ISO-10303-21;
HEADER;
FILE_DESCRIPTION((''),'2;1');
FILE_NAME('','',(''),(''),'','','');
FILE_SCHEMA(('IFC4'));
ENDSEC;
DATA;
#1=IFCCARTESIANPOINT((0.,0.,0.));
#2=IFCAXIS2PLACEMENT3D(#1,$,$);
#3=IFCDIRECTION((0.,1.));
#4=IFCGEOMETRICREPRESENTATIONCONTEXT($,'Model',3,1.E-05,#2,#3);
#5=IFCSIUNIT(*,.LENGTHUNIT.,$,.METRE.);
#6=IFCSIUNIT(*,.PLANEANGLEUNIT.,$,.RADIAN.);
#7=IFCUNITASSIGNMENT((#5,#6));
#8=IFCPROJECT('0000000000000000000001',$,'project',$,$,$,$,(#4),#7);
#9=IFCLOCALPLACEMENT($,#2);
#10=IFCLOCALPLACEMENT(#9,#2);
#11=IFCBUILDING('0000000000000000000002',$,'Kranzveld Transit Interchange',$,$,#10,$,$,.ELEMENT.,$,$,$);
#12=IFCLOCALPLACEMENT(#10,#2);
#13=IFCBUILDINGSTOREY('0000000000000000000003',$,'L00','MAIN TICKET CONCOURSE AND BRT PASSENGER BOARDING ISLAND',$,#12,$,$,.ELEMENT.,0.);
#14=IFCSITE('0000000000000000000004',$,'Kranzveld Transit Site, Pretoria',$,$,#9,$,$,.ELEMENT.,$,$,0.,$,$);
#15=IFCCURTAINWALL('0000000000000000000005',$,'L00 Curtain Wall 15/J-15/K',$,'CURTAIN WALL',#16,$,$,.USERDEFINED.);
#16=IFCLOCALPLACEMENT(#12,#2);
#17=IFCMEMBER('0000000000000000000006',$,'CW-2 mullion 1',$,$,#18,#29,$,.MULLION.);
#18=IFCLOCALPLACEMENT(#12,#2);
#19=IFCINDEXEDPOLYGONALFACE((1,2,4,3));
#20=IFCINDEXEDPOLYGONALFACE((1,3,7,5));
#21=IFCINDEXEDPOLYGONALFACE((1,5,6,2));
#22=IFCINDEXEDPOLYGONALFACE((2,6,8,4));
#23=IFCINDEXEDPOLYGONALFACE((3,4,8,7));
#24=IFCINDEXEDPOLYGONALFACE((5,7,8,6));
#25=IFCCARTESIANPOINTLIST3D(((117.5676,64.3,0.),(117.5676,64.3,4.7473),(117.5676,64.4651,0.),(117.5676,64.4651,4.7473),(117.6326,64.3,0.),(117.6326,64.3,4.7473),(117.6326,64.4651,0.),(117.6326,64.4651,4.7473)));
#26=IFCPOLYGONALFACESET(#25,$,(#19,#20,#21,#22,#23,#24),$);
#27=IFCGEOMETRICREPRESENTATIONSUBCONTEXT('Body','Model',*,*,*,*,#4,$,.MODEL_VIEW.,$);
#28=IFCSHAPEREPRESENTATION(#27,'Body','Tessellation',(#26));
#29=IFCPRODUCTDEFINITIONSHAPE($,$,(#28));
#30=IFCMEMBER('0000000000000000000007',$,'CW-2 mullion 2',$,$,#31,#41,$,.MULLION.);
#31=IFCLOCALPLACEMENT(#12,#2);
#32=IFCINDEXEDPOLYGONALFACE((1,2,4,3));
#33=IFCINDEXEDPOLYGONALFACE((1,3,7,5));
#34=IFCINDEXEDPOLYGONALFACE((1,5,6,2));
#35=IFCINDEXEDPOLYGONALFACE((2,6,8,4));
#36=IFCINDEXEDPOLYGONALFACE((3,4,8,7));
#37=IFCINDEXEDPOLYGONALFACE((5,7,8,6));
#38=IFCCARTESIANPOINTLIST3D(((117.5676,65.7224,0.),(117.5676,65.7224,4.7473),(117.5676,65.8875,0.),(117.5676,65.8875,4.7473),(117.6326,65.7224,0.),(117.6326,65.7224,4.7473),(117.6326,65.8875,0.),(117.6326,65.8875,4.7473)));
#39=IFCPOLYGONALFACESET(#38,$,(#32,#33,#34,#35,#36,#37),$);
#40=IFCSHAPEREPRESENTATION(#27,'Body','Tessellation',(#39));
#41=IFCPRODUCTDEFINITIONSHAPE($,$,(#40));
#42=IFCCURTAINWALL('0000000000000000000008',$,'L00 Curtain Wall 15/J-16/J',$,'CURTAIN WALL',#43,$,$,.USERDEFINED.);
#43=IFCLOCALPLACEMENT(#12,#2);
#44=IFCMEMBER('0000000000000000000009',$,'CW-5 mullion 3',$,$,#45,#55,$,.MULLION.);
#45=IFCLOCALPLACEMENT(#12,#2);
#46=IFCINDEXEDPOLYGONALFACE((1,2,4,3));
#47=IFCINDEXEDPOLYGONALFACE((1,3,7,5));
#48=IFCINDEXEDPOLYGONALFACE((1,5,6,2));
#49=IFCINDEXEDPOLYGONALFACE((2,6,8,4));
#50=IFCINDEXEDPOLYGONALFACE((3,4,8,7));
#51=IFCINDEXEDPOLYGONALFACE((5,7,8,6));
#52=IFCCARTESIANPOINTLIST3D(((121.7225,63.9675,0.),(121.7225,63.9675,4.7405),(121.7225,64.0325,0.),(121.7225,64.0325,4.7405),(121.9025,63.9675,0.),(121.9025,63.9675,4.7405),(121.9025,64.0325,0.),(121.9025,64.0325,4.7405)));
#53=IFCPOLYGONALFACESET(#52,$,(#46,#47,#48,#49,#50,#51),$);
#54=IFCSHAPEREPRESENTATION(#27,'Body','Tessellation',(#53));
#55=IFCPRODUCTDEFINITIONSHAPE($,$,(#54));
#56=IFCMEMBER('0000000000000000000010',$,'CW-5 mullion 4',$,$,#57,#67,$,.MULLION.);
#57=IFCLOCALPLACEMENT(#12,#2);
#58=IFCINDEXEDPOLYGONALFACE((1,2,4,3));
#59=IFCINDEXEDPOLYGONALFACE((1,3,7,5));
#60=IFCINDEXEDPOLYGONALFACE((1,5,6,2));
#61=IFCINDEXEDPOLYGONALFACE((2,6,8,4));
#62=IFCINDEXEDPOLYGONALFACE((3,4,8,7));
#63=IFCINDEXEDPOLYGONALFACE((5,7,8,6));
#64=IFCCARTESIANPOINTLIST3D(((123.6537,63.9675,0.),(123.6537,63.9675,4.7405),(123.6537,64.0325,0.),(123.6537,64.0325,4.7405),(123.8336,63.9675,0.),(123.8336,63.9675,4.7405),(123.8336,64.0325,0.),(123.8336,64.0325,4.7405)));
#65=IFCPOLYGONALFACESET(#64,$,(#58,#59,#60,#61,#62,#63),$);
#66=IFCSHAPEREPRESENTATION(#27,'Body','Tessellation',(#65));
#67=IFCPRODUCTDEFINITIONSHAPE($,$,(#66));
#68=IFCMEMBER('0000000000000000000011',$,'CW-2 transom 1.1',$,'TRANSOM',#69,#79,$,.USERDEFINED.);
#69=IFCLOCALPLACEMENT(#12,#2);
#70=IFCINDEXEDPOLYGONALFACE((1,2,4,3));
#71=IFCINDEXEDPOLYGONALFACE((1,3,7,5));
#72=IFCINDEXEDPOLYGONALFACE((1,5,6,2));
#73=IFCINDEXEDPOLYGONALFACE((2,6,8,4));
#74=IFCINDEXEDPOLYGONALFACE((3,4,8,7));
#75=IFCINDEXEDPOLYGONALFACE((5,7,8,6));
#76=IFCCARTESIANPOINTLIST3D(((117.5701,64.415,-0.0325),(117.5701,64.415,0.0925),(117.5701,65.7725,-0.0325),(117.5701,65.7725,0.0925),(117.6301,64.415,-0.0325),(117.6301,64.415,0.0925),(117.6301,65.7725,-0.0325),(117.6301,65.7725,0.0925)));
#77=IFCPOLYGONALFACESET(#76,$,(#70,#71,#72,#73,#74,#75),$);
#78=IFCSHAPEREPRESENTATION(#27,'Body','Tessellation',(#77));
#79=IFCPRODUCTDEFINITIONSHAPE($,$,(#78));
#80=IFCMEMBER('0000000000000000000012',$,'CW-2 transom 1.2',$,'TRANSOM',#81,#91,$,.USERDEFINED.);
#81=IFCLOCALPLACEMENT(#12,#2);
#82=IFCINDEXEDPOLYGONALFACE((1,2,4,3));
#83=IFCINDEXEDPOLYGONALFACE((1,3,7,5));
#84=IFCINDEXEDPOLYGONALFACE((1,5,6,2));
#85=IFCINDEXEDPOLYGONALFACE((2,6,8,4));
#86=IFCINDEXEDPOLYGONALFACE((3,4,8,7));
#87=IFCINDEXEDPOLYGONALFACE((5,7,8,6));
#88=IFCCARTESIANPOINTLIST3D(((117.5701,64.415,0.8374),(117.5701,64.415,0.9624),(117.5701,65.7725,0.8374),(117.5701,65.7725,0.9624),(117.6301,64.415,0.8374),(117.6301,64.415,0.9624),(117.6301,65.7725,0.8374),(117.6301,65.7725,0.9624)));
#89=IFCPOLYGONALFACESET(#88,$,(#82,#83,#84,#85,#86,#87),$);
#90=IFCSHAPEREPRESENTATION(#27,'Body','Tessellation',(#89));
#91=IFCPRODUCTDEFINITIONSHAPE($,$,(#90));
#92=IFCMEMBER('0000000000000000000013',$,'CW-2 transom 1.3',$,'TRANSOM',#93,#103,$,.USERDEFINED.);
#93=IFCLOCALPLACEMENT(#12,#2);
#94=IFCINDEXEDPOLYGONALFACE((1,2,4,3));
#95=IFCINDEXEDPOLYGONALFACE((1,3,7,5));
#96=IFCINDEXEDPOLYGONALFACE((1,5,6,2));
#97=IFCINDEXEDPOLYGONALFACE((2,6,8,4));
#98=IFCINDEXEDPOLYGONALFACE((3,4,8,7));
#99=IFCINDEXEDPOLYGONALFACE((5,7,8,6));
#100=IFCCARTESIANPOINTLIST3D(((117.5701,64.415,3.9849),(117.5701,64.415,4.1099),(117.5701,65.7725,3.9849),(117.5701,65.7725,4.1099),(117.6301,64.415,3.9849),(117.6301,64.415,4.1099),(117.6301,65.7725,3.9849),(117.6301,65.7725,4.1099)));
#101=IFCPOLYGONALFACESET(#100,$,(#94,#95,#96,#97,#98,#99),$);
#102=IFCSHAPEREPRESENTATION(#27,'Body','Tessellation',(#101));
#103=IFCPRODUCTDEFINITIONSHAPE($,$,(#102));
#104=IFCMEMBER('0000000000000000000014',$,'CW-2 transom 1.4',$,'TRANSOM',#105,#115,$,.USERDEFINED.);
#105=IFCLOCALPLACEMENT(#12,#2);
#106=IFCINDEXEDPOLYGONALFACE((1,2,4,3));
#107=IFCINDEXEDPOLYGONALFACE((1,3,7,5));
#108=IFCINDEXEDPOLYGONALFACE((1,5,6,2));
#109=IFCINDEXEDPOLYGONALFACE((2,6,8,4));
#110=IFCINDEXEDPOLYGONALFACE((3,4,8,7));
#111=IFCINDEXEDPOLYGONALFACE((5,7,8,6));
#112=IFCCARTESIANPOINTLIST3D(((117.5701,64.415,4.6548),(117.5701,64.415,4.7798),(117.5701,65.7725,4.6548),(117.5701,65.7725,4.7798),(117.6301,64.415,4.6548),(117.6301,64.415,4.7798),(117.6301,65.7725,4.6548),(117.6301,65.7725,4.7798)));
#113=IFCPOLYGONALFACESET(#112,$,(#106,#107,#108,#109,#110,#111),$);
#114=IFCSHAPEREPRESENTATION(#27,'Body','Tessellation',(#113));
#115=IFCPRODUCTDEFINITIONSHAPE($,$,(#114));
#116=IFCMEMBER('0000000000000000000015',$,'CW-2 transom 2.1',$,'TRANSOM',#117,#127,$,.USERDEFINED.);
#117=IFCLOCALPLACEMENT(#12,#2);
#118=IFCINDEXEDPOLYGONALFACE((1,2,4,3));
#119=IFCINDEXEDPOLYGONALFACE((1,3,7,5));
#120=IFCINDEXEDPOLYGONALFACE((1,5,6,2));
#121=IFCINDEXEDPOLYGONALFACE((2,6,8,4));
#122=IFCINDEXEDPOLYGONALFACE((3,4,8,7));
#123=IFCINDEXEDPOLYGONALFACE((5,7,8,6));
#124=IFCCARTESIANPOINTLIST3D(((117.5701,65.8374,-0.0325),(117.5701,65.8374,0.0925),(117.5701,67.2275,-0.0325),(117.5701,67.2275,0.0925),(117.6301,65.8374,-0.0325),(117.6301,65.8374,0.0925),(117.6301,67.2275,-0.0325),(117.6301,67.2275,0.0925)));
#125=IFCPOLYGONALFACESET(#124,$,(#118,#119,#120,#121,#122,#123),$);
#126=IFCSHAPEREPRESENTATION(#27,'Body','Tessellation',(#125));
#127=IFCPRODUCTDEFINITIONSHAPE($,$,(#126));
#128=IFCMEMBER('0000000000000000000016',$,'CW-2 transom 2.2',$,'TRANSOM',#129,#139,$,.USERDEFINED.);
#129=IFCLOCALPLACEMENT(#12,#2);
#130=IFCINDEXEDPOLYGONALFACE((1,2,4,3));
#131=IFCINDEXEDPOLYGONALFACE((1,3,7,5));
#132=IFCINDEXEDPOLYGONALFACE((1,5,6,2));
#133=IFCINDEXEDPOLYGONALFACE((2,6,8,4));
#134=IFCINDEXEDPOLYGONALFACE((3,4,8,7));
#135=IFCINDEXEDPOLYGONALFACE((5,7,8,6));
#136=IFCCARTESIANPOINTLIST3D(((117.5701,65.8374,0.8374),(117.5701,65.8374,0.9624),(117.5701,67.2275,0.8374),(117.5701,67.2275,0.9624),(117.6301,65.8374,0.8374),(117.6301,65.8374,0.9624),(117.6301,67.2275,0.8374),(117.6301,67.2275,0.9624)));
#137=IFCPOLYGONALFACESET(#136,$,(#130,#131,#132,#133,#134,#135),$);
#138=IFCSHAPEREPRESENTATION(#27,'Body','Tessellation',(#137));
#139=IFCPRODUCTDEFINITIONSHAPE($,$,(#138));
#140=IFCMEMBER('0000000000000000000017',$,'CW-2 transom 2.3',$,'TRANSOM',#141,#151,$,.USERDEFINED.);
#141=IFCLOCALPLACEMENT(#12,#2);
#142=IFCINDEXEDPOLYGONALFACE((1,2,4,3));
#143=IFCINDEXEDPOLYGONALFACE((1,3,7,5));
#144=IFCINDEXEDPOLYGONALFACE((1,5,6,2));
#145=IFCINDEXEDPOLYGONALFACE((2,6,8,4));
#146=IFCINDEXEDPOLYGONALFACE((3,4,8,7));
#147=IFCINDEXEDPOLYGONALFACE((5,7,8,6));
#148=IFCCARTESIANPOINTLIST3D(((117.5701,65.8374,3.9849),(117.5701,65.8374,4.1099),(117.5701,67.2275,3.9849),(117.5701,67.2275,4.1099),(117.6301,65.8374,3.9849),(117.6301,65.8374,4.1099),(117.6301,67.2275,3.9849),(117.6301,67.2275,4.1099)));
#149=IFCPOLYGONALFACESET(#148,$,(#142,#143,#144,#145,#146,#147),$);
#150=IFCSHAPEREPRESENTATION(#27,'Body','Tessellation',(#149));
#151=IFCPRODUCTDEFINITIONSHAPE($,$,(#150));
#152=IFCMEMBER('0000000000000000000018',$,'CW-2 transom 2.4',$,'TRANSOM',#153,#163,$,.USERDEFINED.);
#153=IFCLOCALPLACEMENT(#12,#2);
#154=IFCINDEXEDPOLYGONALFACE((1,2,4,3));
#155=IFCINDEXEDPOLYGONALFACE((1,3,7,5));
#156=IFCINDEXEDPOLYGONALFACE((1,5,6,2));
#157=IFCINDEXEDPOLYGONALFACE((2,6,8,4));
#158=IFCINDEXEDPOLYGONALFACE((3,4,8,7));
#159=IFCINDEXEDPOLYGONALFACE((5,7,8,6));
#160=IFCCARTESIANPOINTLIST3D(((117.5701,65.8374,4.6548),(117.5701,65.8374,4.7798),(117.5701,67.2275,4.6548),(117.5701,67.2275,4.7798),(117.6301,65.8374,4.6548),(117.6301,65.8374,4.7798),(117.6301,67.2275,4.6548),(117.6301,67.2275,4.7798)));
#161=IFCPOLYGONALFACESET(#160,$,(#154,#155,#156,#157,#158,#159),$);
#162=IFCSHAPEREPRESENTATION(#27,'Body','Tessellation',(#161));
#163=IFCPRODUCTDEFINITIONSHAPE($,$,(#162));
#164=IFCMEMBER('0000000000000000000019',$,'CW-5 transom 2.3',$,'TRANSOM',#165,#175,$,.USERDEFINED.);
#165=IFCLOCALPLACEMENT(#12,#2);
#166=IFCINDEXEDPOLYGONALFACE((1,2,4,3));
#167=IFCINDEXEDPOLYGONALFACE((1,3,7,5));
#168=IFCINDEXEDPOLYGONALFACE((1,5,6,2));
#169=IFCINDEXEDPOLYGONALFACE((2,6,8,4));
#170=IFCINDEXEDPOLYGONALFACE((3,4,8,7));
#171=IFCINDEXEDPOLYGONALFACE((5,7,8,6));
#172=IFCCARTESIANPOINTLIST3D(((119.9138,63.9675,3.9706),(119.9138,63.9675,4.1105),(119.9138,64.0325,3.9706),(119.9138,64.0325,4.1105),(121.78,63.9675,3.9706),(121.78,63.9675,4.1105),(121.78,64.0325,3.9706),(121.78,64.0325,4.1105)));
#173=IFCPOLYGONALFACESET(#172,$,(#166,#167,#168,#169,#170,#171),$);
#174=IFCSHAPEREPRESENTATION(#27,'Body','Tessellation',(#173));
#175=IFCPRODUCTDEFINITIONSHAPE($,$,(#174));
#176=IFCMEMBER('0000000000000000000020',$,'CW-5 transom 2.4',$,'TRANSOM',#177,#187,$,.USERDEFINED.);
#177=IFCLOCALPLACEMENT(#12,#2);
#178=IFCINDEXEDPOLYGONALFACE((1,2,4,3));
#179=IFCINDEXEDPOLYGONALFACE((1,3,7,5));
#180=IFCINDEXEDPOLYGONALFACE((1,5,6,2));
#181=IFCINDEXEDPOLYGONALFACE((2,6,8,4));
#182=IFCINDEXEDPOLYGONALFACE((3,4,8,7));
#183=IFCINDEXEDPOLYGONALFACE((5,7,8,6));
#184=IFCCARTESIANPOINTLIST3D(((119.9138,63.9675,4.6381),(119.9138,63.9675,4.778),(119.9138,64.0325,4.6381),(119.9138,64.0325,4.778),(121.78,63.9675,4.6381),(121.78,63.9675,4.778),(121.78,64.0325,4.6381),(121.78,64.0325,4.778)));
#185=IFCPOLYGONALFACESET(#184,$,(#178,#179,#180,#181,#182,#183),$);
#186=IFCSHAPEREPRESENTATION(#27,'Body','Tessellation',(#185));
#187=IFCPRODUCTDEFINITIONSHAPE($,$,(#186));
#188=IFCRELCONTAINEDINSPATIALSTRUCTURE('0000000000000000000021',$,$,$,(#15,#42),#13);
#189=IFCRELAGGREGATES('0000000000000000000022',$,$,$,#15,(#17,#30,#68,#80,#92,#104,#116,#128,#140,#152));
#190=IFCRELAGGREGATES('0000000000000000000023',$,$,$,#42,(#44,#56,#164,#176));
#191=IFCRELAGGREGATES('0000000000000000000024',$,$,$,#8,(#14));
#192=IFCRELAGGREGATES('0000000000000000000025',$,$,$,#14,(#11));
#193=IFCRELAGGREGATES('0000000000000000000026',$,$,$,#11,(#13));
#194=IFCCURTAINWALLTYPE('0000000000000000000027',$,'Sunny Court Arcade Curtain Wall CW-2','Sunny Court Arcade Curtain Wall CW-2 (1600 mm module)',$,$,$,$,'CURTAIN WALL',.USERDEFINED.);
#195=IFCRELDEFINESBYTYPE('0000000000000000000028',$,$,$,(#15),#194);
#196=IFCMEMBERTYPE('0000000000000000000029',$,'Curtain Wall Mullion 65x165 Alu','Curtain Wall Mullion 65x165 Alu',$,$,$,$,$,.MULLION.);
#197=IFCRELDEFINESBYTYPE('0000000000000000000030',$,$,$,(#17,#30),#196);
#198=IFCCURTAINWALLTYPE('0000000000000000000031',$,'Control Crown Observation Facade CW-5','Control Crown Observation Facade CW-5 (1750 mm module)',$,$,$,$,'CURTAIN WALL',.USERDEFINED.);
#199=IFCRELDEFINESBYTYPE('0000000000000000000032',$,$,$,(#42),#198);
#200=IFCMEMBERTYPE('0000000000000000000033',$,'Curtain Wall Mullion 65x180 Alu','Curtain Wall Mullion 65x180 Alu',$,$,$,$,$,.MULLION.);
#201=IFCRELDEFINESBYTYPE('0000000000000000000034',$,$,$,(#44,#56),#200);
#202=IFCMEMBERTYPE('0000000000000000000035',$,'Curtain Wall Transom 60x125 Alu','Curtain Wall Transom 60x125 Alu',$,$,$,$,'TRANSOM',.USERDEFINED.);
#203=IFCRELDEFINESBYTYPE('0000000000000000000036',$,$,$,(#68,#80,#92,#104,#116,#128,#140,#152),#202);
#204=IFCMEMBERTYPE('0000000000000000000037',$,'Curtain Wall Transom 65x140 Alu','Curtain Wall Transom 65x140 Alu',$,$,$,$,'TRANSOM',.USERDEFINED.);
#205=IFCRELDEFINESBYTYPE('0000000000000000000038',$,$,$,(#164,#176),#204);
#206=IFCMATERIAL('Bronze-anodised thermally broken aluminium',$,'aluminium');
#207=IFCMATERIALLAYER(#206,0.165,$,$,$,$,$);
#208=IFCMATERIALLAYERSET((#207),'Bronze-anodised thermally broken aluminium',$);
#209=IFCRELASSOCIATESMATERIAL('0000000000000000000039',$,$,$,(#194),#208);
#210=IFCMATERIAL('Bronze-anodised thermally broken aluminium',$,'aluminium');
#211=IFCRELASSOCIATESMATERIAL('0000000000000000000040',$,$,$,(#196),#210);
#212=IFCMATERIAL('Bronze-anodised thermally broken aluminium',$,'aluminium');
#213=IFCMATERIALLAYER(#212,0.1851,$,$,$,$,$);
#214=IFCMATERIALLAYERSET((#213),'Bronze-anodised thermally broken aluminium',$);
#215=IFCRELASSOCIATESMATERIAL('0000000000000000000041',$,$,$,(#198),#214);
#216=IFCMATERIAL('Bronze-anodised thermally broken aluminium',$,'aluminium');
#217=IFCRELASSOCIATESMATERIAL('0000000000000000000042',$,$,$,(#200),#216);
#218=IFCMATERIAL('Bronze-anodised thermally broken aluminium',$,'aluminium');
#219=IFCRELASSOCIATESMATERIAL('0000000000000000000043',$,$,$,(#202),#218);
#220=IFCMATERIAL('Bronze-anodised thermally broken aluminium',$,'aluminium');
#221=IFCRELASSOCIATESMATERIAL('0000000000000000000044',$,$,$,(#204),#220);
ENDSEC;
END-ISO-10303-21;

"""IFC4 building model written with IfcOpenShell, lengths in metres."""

from ifc_helpers import new_model, si_unit, direction, frame, origin, origin_2d, place, context, subcontext, project, spatial, rectangle, extrude, material, layer, layer_set, material_profile, profile_set, type_object, element, aggregate, save


model = new_model("IFC4")

# Units and contexts
model_context = context("Model", 3, precision=1e-05, world=origin(), true_north=direction((0.0, 1.0)))
body_context = subcontext(model_context, "Body", "Model", "MODEL_VIEW")
ifc_project = project(units=[si_unit("LENGTHUNIT", "METRE"), si_unit("PLANEANGLEUNIT", "RADIAN")], contexts=[model_context])

# Site, building, storey
site_placement = place(None, origin())
site = spatial("IfcSite", under=ifc_project, at=site_placement, Name="Kranzveld Transit Site, Pretoria", CompositionType="ELEMENT", RefElevation=0.0)
building_placement = place(site_placement, origin())
building = spatial("IfcBuilding", under=site, at=building_placement, Name="Kranzveld Transit Interchange", CompositionType="ELEMENT")
storey_placement = place(building_placement, origin())
storey = spatial("IfcBuildingStorey", under=building, at=storey_placement, Name="L00", Description="MAIN TICKET CONCOURSE AND BRT PASSENGER BOARDING ISLAND", CompositionType="ELEMENT", Elevation=0.0)

# Curtain walls, members
ifc_material_1 = material(Name="Bronze-anodised thermally broken aluminium", Category="aluminium")
ifc_layer_1 = layer(ifc_material_1, 0.165)
ifc_layer_set_1 = layer_set([ifc_layer_1], Name="Bronze-anodised thermally broken aluminium")
curtain_wall_type_1 = type_object("IfcCurtainWallType", Name="Sunny Court Arcade Curtain Wall CW-2", Description="Sunny Court Arcade Curtain Wall CW-2 (1600 mm module)", ElementType="CURTAIN WALL", PredefinedType="USERDEFINED", material=ifc_layer_set_1)
curtain_wall_1_placement = place(storey_placement, origin())
curtain_wall_1 = element("IfcCurtainWall", 1, at=curtain_wall_1_placement, inside=storey, type_object=curtain_wall_type_1, Name="L00 Curtain Wall 15/J-15/K", ObjectType="CURTAIN WALL", PredefinedType="USERDEFINED")
ifc_material_2 = material(Name="Bronze-anodised thermally broken aluminium", Category="aluminium")
ifc_material_profile_1 = material_profile(ifc_material_2, rectangle(XDim=0.0649, YDim=0.165, at=origin_2d()), Name="ALU MULLION 65x165")
ifc_profile_set_1 = profile_set([ifc_material_profile_1], Name="Bronze-anodised thermally broken aluminium")
member_type_1 = type_object("IfcMemberType", Name="Curtain Wall Mullion 65x165 Alu", Description="Curtain Wall Mullion 65x165 Alu", PredefinedType="MULLION", material=ifc_profile_set_1)
member_1_placement = place(storey_placement, frame((117.6001, 64.3826, 0.0), z_axis=(0.0, 0.0, 1.0), x_axis=(-1.0, 0.0, 0.0)))
member_1 = element("IfcMember", 2, at=member_1_placement, type_object=member_type_1, Name="CW-2 mullion 1", PredefinedType="MULLION", context=body_context, shape_type="SweptSolid", body=[
    extrude(rectangle(XDim=0.0649, YDim=0.165, at=origin_2d()), origin(), (0.0, 0.0, 1.0), 4.7473),
])
member_2_placement = place(storey_placement, frame((117.6001, 65.8049, 0.0), z_axis=(0.0, 0.0, 1.0), x_axis=(-1.0, 0.0, 0.0)))
member_2 = element("IfcMember", 3, at=member_2_placement, type_object=member_type_1, Name="CW-2 mullion 2", PredefinedType="MULLION", context=body_context, shape_type="SweptSolid", body=[
    extrude(rectangle(XDim=0.0649, YDim=0.165, at=origin_2d()), origin(), (0.0, 0.0, 1.0), 4.7473),
])
ifc_material_3 = material(Name="Bronze-anodised thermally broken aluminium", Category="aluminium")
ifc_layer_2 = layer(ifc_material_3, 0.1851)
ifc_layer_set_2 = layer_set([ifc_layer_2], Name="Bronze-anodised thermally broken aluminium")
curtain_wall_type_2 = type_object("IfcCurtainWallType", Name="Control Crown Observation Facade CW-5", Description="Control Crown Observation Facade CW-5 (1750 mm module)", ElementType="CURTAIN WALL", PredefinedType="USERDEFINED", material=ifc_layer_set_2)
curtain_wall_2_placement = place(storey_placement, origin())
curtain_wall_2 = element("IfcCurtainWall", 4, at=curtain_wall_2_placement, inside=storey, type_object=curtain_wall_type_2, Name="L00 Curtain Wall 15/J-16/J", ObjectType="CURTAIN WALL", PredefinedType="USERDEFINED")
ifc_material_4 = material(Name="Bronze-anodised thermally broken aluminium", Category="aluminium")
ifc_material_profile_2 = material_profile(ifc_material_4, rectangle(XDim=0.0649, YDim=0.1799, at=origin_2d()), Name="ALU MULLION 65x180")
ifc_profile_set_2 = profile_set([ifc_material_profile_2], Name="Bronze-anodised thermally broken aluminium")
member_type_2 = type_object("IfcMemberType", Name="Curtain Wall Mullion 65x180 Alu", Description="Curtain Wall Mullion 65x180 Alu", PredefinedType="MULLION", material=ifc_profile_set_2)
member_3_placement = place(storey_placement, frame((121.8125, 64.0, 0.0), z_axis=(0.0, 0.0, 1.0), x_axis=(0.0, 1.0, 0.0)))
member_3 = element("IfcMember", 5, at=member_3_placement, type_object=member_type_2, Name="CW-5 mullion 3", PredefinedType="MULLION", context=body_context, shape_type="SweptSolid", body=[
    extrude(rectangle(XDim=0.0649, YDim=0.1799, at=origin_2d()), origin(), (0.0, 0.0, 1.0), 4.7405),
])
member_4_placement = place(storey_placement, frame((123.7437, 64.0, 0.0), z_axis=(0.0, 0.0, 1.0), x_axis=(0.0, 1.0, 0.0)))
member_4 = element("IfcMember", 6, at=member_4_placement, type_object=member_type_2, Name="CW-5 mullion 4", PredefinedType="MULLION", context=body_context, shape_type="SweptSolid", body=[
    extrude(rectangle(XDim=0.0649, YDim=0.1799, at=origin_2d()), origin(), (0.0, 0.0, 1.0), 4.7405),
])

# Members
ifc_material_5 = material(Name="Bronze-anodised thermally broken aluminium", Category="aluminium")
ifc_material_profile_3 = material_profile(ifc_material_5, rectangle(XDim=0.0601, YDim=0.125, at=origin_2d()), Name="ALU TRANSOM 60x125")
ifc_profile_set_3 = profile_set([ifc_material_profile_3], Name="Bronze-anodised thermally broken aluminium")
member_type_3 = type_object("IfcMemberType", Name="Curtain Wall Transom 60x125 Alu", Description="Curtain Wall Transom 60x125 Alu", ElementType="TRANSOM", PredefinedType="USERDEFINED", material=ifc_profile_set_3)
member_5_placement = place(storey_placement, frame((117.6001, 64.415, 0.03), z_axis=(0.0, 1.0, 0.0), x_axis=(-1.0, 0.0, 0.0)))
member_5 = element("IfcMember", 7, at=member_5_placement, type_object=member_type_3, Name="CW-2 transom 1.1", ObjectType="TRANSOM", PredefinedType="USERDEFINED", context=body_context, shape_type="SweptSolid", body=[
    extrude(rectangle(XDim=0.0601, YDim=0.125, at=origin_2d()), origin(), (0.0, 0.0, 1.0), 1.3574),
])
member_6_placement = place(storey_placement, frame((117.6001, 64.415, 0.8999), z_axis=(0.0, 1.0, 0.0), x_axis=(-1.0, 0.0, 0.0)))
member_6 = element("IfcMember", 8, at=member_6_placement, type_object=member_type_3, Name="CW-2 transom 1.2", ObjectType="TRANSOM", PredefinedType="USERDEFINED", context=body_context, shape_type="SweptSolid", body=[
    extrude(rectangle(XDim=0.0601, YDim=0.125, at=origin_2d()), origin(), (0.0, 0.0, 1.0), 1.3574),
])
member_7_placement = place(storey_placement, frame((117.6001, 64.415, 4.0474), z_axis=(0.0, 1.0, 0.0), x_axis=(-1.0, 0.0, 0.0)))
member_7 = element("IfcMember", 9, at=member_7_placement, type_object=member_type_3, Name="CW-2 transom 1.3", ObjectType="TRANSOM", PredefinedType="USERDEFINED", context=body_context, shape_type="SweptSolid", body=[
    extrude(rectangle(XDim=0.0601, YDim=0.125, at=origin_2d()), origin(), (0.0, 0.0, 1.0), 1.3574),
])
member_8_placement = place(storey_placement, frame((117.6001, 64.415, 4.7173), z_axis=(0.0, 1.0, 0.0), x_axis=(-1.0, 0.0, 0.0)))
member_8 = element("IfcMember", 10, at=member_8_placement, type_object=member_type_3, Name="CW-2 transom 1.4", ObjectType="TRANSOM", PredefinedType="USERDEFINED", context=body_context, shape_type="SweptSolid", body=[
    extrude(rectangle(XDim=0.0601, YDim=0.125, at=origin_2d()), origin(), (0.0, 0.0, 1.0), 1.3574),
])
member_9_placement = place(storey_placement, frame((117.6001, 65.8374, 0.03), z_axis=(0.0, 1.0, 0.0), x_axis=(-1.0, 0.0, 0.0)))
member_9 = element("IfcMember", 11, at=member_9_placement, type_object=member_type_3, Name="CW-2 transom 2.1", ObjectType="TRANSOM", PredefinedType="USERDEFINED", context=body_context, shape_type="SweptSolid", body=[
    extrude(rectangle(XDim=0.0601, YDim=0.125, at=origin_2d()), origin(), (0.0, 0.0, 1.0), 1.3901),
])
member_10_placement = place(storey_placement, frame((117.6001, 65.8374, 0.8999), z_axis=(0.0, 1.0, 0.0), x_axis=(-1.0, 0.0, 0.0)))
member_10 = element("IfcMember", 12, at=member_10_placement, type_object=member_type_3, Name="CW-2 transom 2.2", ObjectType="TRANSOM", PredefinedType="USERDEFINED", context=body_context, shape_type="SweptSolid", body=[
    extrude(rectangle(XDim=0.0601, YDim=0.125, at=origin_2d()), origin(), (0.0, 0.0, 1.0), 1.3901),
])
member_11_placement = place(storey_placement, frame((117.6001, 65.8374, 4.0474), z_axis=(0.0, 1.0, 0.0), x_axis=(-1.0, 0.0, 0.0)))
member_11 = element("IfcMember", 13, at=member_11_placement, type_object=member_type_3, Name="CW-2 transom 2.3", ObjectType="TRANSOM", PredefinedType="USERDEFINED", context=body_context, shape_type="SweptSolid", body=[
    extrude(rectangle(XDim=0.0601, YDim=0.125, at=origin_2d()), origin(), (0.0, 0.0, 1.0), 1.3901),
])
member_12_placement = place(storey_placement, frame((117.6001, 65.8374, 4.7173), z_axis=(0.0, 1.0, 0.0), x_axis=(-1.0, 0.0, 0.0)))
member_12 = element("IfcMember", 14, at=member_12_placement, type_object=member_type_3, Name="CW-2 transom 2.4", ObjectType="TRANSOM", PredefinedType="USERDEFINED", context=body_context, shape_type="SweptSolid", body=[
    extrude(rectangle(XDim=0.0601, YDim=0.125, at=origin_2d()), origin(), (0.0, 0.0, 1.0), 1.3901),
])
ifc_material_6 = material(Name="Bronze-anodised thermally broken aluminium", Category="aluminium")
ifc_material_profile_4 = material_profile(ifc_material_6, rectangle(XDim=0.0649, YDim=0.1399, at=origin_2d()), Name="ALU TRANSOM 65x140")
ifc_profile_set_4 = profile_set([ifc_material_profile_4], Name="Bronze-anodised thermally broken aluminium")
member_type_4 = type_object("IfcMemberType", Name="Curtain Wall Transom 65x140 Alu", Description="Curtain Wall Transom 65x140 Alu", ElementType="TRANSOM", PredefinedType="USERDEFINED", material=ifc_profile_set_4)
member_13_placement = place(storey_placement, frame((119.9138, 64.0, 4.0405), z_axis=(1.0, 0.0, 0.0), x_axis=(0.0, 1.0, 0.0)))
member_13 = element("IfcMember", 15, at=member_13_placement, type_object=member_type_4, Name="CW-5 transom 2.3", ObjectType="TRANSOM", PredefinedType="USERDEFINED", context=body_context, shape_type="SweptSolid", body=[
    extrude(rectangle(XDim=0.0649, YDim=0.1399, at=origin_2d()), origin(), (0.0, 0.0, 1.0), 1.8662),
])
member_14_placement = place(storey_placement, frame((119.9138, 64.0, 4.708), z_axis=(1.0, 0.0, 0.0), x_axis=(0.0, 1.0, 0.0)))
member_14 = element("IfcMember", 16, at=member_14_placement, type_object=member_type_4, Name="CW-5 transom 2.4", ObjectType="TRANSOM", PredefinedType="USERDEFINED", context=body_context, shape_type="SweptSolid", body=[
    extrude(rectangle(XDim=0.0649, YDim=0.1399, at=origin_2d()), origin(), (0.0, 0.0, 1.0), 1.8662),
])

aggregate(curtain_wall_1, [member_1, member_2, member_5, member_6, member_7, member_8, member_9, member_10, member_11, member_12])
aggregate(curtain_wall_2, [member_3, member_4, member_13, member_14])

save(model, "model.ifc")
